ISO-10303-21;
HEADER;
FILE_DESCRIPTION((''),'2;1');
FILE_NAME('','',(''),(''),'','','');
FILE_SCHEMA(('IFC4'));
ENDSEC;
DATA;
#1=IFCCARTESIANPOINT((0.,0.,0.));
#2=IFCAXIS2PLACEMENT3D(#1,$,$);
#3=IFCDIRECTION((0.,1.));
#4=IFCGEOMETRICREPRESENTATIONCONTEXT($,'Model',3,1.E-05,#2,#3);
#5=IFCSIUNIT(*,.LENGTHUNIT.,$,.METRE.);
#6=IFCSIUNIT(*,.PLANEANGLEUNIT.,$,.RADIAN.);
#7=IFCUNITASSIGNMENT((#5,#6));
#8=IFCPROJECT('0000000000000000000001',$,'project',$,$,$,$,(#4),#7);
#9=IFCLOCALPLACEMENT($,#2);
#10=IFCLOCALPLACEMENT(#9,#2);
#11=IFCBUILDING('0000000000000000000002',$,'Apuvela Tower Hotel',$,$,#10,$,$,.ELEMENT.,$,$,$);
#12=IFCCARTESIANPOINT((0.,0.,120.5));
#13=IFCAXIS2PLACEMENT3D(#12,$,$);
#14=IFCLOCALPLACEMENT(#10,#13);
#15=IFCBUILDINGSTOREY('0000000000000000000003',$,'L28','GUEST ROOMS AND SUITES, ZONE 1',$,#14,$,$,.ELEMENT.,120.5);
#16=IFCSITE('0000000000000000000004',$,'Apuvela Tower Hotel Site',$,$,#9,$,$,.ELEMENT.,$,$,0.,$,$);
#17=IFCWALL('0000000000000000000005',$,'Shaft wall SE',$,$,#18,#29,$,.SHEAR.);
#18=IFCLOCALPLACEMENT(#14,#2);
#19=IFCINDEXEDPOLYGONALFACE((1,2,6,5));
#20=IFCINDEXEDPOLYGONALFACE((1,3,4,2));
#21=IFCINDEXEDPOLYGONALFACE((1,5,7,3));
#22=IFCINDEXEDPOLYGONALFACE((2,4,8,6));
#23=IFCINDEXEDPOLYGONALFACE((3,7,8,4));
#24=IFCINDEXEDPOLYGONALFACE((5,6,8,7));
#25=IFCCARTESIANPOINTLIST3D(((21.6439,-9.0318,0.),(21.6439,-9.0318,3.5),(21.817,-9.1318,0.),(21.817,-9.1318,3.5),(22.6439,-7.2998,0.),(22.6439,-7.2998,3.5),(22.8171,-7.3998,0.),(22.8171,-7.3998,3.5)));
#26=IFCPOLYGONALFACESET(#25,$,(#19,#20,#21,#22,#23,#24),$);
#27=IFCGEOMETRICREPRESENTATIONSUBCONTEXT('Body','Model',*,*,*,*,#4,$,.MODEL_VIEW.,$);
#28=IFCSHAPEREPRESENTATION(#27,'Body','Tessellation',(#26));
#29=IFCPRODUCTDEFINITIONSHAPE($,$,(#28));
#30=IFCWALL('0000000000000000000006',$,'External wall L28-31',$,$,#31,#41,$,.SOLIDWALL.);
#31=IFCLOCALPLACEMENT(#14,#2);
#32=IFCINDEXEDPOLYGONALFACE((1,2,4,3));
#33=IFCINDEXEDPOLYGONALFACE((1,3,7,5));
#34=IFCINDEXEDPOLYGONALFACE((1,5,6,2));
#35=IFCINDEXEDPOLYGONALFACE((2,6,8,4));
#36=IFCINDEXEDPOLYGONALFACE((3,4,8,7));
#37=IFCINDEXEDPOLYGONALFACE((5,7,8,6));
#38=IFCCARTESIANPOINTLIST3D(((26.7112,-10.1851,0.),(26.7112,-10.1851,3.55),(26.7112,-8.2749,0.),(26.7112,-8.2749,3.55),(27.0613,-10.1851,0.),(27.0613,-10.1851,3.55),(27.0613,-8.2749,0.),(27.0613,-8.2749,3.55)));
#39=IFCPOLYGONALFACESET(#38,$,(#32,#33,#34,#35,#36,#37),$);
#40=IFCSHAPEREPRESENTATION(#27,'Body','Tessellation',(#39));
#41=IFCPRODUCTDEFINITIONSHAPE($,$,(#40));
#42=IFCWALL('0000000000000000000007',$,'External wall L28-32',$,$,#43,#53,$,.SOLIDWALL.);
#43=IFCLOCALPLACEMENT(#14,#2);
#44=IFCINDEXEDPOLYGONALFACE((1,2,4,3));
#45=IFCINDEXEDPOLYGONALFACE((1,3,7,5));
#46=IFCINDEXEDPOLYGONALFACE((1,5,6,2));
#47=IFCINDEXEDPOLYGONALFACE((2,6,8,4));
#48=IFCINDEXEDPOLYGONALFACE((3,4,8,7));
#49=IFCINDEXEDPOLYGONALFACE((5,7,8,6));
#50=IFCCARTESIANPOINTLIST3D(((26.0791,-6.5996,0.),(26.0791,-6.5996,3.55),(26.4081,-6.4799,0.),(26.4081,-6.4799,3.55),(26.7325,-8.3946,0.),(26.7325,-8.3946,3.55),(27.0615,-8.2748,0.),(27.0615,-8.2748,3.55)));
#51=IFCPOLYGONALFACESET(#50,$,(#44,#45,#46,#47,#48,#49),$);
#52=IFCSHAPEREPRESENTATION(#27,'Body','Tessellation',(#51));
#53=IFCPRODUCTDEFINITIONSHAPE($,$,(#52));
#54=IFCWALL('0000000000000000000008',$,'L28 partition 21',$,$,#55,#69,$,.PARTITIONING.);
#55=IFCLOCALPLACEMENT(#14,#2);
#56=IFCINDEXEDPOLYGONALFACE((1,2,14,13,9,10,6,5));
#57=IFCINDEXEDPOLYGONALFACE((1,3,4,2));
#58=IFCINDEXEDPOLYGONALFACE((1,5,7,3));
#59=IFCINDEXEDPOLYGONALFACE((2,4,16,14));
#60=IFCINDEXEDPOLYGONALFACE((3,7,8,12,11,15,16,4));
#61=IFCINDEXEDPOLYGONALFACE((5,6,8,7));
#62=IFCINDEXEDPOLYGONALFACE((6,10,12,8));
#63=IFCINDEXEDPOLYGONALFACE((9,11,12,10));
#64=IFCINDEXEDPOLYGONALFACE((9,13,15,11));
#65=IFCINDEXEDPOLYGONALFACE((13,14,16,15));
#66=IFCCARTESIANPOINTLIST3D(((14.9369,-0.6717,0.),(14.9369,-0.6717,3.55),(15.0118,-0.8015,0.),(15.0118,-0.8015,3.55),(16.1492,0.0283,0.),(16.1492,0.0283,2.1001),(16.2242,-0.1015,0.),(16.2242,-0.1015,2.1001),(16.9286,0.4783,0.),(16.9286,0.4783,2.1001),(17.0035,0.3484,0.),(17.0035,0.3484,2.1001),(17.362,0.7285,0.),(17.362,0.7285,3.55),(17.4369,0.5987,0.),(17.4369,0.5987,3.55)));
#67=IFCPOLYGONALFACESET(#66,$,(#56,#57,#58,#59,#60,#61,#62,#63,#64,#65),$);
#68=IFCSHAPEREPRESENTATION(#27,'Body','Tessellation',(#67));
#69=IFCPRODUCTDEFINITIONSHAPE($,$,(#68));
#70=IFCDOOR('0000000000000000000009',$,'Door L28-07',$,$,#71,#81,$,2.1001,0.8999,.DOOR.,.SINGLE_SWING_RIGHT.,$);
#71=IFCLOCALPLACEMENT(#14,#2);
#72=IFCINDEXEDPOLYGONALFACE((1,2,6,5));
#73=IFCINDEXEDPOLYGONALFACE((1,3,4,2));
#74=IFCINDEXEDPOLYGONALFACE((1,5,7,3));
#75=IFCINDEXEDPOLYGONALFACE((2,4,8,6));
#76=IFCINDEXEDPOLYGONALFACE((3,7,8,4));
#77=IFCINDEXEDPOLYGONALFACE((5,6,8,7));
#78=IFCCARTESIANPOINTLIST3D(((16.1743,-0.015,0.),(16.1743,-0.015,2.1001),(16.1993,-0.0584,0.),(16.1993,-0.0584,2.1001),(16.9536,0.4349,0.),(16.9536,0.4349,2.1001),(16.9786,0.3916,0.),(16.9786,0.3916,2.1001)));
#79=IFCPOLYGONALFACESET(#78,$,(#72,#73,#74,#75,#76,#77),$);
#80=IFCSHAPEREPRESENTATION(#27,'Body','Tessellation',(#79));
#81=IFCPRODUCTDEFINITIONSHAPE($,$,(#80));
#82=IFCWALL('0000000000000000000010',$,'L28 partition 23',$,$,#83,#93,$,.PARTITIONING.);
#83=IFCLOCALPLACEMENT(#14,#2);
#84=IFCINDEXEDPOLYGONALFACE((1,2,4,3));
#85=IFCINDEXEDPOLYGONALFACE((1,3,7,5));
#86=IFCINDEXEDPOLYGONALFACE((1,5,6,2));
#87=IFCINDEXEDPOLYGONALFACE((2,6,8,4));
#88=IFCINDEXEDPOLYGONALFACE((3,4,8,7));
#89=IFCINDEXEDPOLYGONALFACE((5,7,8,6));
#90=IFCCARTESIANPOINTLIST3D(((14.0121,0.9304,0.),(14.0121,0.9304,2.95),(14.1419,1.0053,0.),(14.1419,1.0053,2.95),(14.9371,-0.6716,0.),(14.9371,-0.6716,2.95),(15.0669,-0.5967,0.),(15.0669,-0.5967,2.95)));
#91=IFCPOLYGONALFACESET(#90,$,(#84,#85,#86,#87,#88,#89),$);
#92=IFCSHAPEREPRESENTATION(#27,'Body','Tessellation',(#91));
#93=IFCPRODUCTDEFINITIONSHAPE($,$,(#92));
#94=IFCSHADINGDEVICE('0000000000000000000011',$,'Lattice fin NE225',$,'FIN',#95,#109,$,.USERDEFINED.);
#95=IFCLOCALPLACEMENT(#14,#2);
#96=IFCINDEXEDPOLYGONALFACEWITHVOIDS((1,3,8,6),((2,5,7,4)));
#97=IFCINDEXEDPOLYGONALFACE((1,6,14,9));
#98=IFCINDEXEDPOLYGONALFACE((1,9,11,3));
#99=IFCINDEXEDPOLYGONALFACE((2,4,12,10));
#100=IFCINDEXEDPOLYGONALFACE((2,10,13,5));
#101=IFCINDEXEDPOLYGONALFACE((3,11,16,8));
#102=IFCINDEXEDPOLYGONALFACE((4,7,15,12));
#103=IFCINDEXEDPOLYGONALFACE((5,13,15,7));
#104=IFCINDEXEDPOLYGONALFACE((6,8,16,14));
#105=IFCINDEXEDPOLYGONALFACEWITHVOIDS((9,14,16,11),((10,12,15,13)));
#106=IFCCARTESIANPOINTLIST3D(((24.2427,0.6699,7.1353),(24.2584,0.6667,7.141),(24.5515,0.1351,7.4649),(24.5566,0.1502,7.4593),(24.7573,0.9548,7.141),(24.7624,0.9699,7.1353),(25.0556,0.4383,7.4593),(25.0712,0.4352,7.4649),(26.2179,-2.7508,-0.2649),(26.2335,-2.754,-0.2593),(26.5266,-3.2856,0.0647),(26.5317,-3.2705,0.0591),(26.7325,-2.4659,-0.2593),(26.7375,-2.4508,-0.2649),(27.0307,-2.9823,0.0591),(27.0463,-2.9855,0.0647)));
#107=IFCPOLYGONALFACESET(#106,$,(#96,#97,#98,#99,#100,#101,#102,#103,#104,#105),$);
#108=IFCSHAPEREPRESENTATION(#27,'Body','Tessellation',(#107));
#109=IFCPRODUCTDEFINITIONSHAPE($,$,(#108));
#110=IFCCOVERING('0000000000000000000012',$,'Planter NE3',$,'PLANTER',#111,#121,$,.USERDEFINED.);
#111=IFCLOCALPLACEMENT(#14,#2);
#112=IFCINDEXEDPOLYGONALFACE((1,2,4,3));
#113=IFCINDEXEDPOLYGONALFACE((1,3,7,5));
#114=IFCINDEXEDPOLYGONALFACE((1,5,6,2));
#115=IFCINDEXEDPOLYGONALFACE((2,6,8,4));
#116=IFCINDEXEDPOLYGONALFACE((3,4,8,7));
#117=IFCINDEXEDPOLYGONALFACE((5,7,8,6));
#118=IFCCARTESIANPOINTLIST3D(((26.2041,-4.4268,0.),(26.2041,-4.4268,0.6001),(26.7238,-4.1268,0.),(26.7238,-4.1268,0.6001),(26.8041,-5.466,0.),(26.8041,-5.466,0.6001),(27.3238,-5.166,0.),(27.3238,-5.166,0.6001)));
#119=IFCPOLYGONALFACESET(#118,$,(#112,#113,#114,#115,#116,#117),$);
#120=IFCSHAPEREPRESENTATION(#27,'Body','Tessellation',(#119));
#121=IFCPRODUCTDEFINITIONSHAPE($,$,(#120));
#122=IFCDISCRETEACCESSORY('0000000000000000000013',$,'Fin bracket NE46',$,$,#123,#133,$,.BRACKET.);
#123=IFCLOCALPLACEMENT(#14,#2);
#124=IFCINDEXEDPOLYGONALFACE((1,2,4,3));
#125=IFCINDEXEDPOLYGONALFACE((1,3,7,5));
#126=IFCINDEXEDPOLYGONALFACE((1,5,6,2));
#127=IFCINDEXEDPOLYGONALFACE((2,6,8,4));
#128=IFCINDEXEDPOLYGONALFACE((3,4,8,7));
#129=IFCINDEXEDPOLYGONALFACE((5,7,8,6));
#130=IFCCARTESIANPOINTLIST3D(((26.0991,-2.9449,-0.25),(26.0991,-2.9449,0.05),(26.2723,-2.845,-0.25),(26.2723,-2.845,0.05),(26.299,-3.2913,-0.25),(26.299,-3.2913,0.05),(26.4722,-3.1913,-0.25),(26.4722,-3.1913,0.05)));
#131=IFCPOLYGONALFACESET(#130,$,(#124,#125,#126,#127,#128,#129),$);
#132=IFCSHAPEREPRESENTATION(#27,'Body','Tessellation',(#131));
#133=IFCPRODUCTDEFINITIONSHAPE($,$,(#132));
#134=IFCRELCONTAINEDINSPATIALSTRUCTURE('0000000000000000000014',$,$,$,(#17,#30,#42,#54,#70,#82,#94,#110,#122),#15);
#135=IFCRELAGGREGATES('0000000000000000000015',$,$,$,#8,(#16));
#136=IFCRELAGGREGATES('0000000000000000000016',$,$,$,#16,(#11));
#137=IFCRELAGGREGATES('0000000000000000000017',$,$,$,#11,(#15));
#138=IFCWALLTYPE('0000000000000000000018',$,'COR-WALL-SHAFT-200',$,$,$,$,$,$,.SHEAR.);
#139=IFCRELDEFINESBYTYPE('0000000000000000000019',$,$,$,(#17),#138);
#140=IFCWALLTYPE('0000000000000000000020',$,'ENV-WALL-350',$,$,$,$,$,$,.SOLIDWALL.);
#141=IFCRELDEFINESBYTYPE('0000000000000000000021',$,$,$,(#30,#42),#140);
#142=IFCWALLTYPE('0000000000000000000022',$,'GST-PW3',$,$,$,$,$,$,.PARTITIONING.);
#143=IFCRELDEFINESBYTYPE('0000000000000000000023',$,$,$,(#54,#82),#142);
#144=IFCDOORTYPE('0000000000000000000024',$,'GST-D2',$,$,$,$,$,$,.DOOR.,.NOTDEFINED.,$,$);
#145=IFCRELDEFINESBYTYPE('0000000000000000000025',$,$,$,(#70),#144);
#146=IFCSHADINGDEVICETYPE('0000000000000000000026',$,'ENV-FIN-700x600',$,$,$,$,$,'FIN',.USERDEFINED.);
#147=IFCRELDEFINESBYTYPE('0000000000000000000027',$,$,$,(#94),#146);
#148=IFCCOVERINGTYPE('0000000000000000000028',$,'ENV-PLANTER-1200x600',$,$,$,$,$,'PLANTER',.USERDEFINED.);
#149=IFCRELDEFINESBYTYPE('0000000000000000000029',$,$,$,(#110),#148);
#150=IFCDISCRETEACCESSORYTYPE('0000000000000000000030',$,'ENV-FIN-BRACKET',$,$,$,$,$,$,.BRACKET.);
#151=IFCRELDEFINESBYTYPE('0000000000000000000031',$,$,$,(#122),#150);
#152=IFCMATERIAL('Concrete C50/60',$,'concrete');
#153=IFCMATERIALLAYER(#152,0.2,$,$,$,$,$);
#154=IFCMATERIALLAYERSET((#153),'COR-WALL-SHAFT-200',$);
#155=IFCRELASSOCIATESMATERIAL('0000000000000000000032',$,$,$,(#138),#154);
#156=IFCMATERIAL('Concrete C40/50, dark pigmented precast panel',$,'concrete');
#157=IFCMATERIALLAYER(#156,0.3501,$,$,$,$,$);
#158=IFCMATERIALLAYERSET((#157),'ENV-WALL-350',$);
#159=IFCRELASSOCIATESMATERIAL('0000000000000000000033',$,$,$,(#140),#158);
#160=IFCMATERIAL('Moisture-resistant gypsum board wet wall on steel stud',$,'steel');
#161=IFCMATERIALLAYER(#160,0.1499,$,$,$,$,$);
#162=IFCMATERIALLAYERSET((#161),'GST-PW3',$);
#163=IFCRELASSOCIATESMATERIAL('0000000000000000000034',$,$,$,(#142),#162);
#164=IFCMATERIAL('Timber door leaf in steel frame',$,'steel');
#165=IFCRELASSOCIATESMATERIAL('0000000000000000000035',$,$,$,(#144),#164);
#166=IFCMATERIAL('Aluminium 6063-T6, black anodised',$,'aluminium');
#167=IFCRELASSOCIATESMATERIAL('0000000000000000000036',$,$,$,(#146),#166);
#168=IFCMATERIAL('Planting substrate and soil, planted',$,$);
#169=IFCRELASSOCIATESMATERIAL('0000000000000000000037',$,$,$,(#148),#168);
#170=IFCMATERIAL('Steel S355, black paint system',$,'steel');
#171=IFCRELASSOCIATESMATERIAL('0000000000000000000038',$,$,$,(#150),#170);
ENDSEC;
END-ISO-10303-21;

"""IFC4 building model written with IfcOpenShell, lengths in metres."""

from ifc_helpers import new_model, si_unit, direction, frame, frame_2d, origin, origin_2d, place, context, subcontext, project, spatial, rectangle, hollow_rectangle, extrude, material, layer, layer_set, material_profile, profile_set, type_object, element, fill, save


model = new_model("IFC4")

# Units and contexts
model_context = context("Model", 3, precision=1e-05, world=origin(), true_north=direction((0.0, 1.0)))
body_context = subcontext(model_context, "Body", "Model", "MODEL_VIEW")
ifc_project = project(units=[si_unit("LENGTHUNIT", "METRE"), si_unit("PLANEANGLEUNIT", "RADIAN")], contexts=[model_context])

# Site, building, storey
site_placement = place(None, origin())
site = spatial("IfcSite", under=ifc_project, at=site_placement, Name="Apuvela Tower Hotel Site", CompositionType="ELEMENT", RefElevation=0.0)
building_placement = place(site_placement, origin())
building = spatial("IfcBuilding", under=site, at=building_placement, Name="Apuvela Tower Hotel", CompositionType="ELEMENT")
storey_placement = place(building_placement, frame((0.0, 0.0, 120.5)))
storey = spatial("IfcBuildingStorey", under=building, at=storey_placement, Name="L28", Description="GUEST ROOMS AND SUITES, ZONE 1", CompositionType="ELEMENT", Elevation=120.5)

# Walls
ifc_material_1 = material(Name="Concrete C50/60", Category="concrete")
ifc_layer_1 = layer(ifc_material_1, 0.2)
ifc_layer_set_1 = layer_set([ifc_layer_1], Name="COR-WALL-SHAFT-200")
wall_type_1 = type_object("IfcWallType", Name="COR-WALL-SHAFT-200", PredefinedType="SHEAR", material=ifc_layer_set_1)
for number, where, z_axis, x_axis, name in (
    (1, (21.7305, -9.0818, 0.0), (0.0, 0.0, 1.0), (0.500025, 0.866011, 0.0), "Shaft wall SE"),
):
    element("IfcWall", number, at=place(storey_placement, frame(where, z_axis=z_axis, x_axis=x_axis)), inside=storey, type_object=wall_type_1, Name=name, PredefinedType="SHEAR", context=body_context, shape_type="SweptSolid", body=[
        extrude(rectangle(XDim=2.0, YDim=0.2, at=frame_2d((1.0, 0.0))), origin(), (0.0, 0.0, 1.0), 3.5),
    ])
ifc_material_2 = material(Name="Concrete C40/50, dark pigmented precast panel", Category="concrete")
ifc_layer_2 = layer(ifc_material_2, 0.3501)
ifc_layer_set_2 = layer_set([ifc_layer_2], Name="ENV-WALL-350")
wall_type_2 = type_object("IfcWallType", Name="ENV-WALL-350", PredefinedType="SOLIDWALL", material=ifc_layer_set_2)
for number, where, z_axis, x_axis, name in (
    (2, (26.8862, -10.1851, 0.0), (0.0, 0.0, 1.0), (0.0, 1.0, 0.0), "External wall L28-31"),
    (3, (26.897, -8.3347, 0.0), (0.0, 0.0, 1.0), (-0.34203, 0.939689, 0.0), "External wall L28-32"),
):
    element("IfcWall", number, at=place(storey_placement, frame(where, z_axis=z_axis, x_axis=x_axis)), inside=storey, type_object=wall_type_2, Name=name, PredefinedType="SOLIDWALL", context=body_context, shape_type="SweptSolid", body=[
        extrude(rectangle(XDim=1.9102, YDim=0.3501, at=frame_2d((0.9551, 0.0))), origin(), (0.0, 0.0, 1.0), 3.55),
    ])

# Wall, opening, door
ifc_material_3 = material(Name="Moisture-resistant gypsum board wet wall on steel stud", Category="steel")
ifc_layer_3 = layer(ifc_material_3, 0.1499)
ifc_layer_set_3 = layer_set([ifc_layer_3], Name="GST-PW3")
wall_type_3 = type_object("IfcWallType", Name="GST-PW3", PredefinedType="PARTITIONING", material=ifc_layer_set_3)
wall_1_placement = place(storey_placement, frame((14.9744, -0.7366, 0.0), z_axis=(0.0, 0.0, 1.0), x_axis=(0.866019, 0.500012, 0.0)))
wall_1 = element("IfcWall", 4, at=wall_1_placement, inside=storey, type_object=wall_type_3, Name="L28 partition 21", PredefinedType="PARTITIONING", context=body_context, shape_type="SweptSolid", body=[
    extrude(rectangle(XDim=2.8003, YDim=0.1499, at=frame_2d((1.4001, 0.0))), origin(), (0.0, 0.0, 1.0), 3.55),
])
opening_1_placement = place(wall_1_placement, frame((1.3999, 0.0, 0.0)))
opening_1 = element("IfcOpeningElement", 5, at=opening_1_placement, cuts=wall_1, PredefinedType="OPENING", context=body_context, shape_type="SweptSolid", body=[
    extrude(rectangle(XDim=0.8999, YDim=2.1001, at=frame_2d((0.45, 1.05))), frame((0.0, 0.085, 0.0), z_axis=(0.0, -1.0, 0.0), x_axis=(1.0, 0.0, 0.0)), (0.0, 0.0, 1.0), 0.1699),
])
ifc_material_4 = material(Name="Timber door leaf in steel frame", Category="steel")
door_type_1 = type_object("IfcDoorType", Name="GST-D2", OperationType="NOTDEFINED", PredefinedType="DOOR", material=ifc_material_4)
door_1_placement = place(opening_1_placement, origin())
door_1 = element("IfcDoor", 6, at=door_1_placement, inside=storey, type_object=door_type_1, Name="Door L28-07", OperationType="SINGLE_SWING_RIGHT", OverallHeight=2.1001, OverallWidth=0.8999, PredefinedType="DOOR", context=body_context, shape_type="SweptSolid", body=[
    extrude(rectangle(XDim=0.8999, YDim=2.1001, at=frame_2d((0.45, 1.05))), frame((0.0, 0.0249, 0.0), z_axis=(0.0, -1.0, 0.0), x_axis=(1.0, 0.0, 0.0)), (0.0, 0.0, 1.0), 0.05),
])
fill(opening_1, door_1)

# Wall
wall_2_placement = place(storey_placement, frame((15.002, -0.634, 0.0), z_axis=(0.0, 0.0, 1.0), x_axis=(-0.500042, 0.866001, 0.0)))
element("IfcWall", 7, at=wall_2_placement, inside=storey, type_object=wall_type_3, Name="L28 partition 23", PredefinedType="PARTITIONING", context=body_context, shape_type="SweptSolid", body=[
    extrude(rectangle(XDim=1.8499, YDim=0.1499, at=frame_2d((0.9248, 0.0))), origin(), (0.0, 0.0, 1.0), 2.95),
])

# Shading device
ifc_material_5 = material(Name="Aluminium 6063-T6, black anodised", Category="aluminium")
ifc_material_profile_1 = material_profile(ifc_material_5, hollow_rectangle(XDim=0.6001, YDim=0.7, WallThickness=0.012, at=origin_2d()), Name="AL BOX 700x600x12")
ifc_profile_set_1 = profile_set([ifc_material_profile_1], Name="Aluminium 6063-T6, black anodised")
shading_device_type = type_object("IfcShadingDeviceType", Name="ENV-FIN-700x600", ElementType="FIN", PredefinedType="USERDEFINED", material=ifc_profile_set_1)
shading_device_placement = place(storey_placement, frame((26.6321, -2.8682, -0.1001), z_axis=(-0.235458, 0.407787, 0.882196), x_axis=(-0.866005, -0.500035, 0.0)))
element("IfcShadingDevice", 8, at=shading_device_placement, inside=storey, type_object=shading_device_type, Name="Lattice fin NE225", ObjectType="FIN", PredefinedType="USERDEFINED", context=body_context, shape_type="SweptSolid", body=[
    extrude(hollow_rectangle(XDim=0.6001, YDim=0.7, WallThickness=0.012, at=origin_2d()), origin(), (0.0, 0.0, 1.0), 8.3884),
])

# Covering
ifc_material_6 = material(Name="Planting substrate and soil, planted")
covering_type = type_object("IfcCoveringType", Name="ENV-PLANTER-1200x600", ElementType="PLANTER", PredefinedType="USERDEFINED", material=ifc_material_6)
covering_placement = place(storey_placement, frame((26.7639, -4.7964, 0.0), z_axis=(0.0, 0.0, 1.0), x_axis=(-0.5, 0.866025, 0.0)))
element("IfcCovering", 9, at=covering_placement, inside=storey, type_object=covering_type, Name="Planter NE3", ObjectType="PLANTER", PredefinedType="USERDEFINED", context=body_context, shape_type="SweptSolid", body=[
    extrude(rectangle(XDim=1.2, YDim=0.6001, at=origin_2d()), origin(), (0.0, 0.0, 1.0), 0.6001),
])

# Discrete accessory
ifc_material_7 = material(Name="Steel S355, black paint system", Category="steel")
discrete_accessory_type = type_object("IfcDiscreteAccessoryType", Name="ENV-FIN-BRACKET", PredefinedType="BRACKET", material=ifc_material_7)
discrete_accessory_placement = place(storey_placement, frame((26.2856, -3.0681, -0.25), z_axis=(0.0, 0.0, 1.0), x_axis=(-0.5, 0.866025, 0.0)))
element("IfcDiscreteAccessory", 10, at=discrete_accessory_placement, inside=storey, type_object=discrete_accessory_type, Name="Fin bracket NE46", PredefinedType="BRACKET", context=body_context, shape_type="SweptSolid", body=[
    extrude(rectangle(XDim=0.3999, YDim=0.2, at=origin_2d()), origin(), (0.0, 0.0, 1.0), 0.3),
])

save(model, "model.ifc")
